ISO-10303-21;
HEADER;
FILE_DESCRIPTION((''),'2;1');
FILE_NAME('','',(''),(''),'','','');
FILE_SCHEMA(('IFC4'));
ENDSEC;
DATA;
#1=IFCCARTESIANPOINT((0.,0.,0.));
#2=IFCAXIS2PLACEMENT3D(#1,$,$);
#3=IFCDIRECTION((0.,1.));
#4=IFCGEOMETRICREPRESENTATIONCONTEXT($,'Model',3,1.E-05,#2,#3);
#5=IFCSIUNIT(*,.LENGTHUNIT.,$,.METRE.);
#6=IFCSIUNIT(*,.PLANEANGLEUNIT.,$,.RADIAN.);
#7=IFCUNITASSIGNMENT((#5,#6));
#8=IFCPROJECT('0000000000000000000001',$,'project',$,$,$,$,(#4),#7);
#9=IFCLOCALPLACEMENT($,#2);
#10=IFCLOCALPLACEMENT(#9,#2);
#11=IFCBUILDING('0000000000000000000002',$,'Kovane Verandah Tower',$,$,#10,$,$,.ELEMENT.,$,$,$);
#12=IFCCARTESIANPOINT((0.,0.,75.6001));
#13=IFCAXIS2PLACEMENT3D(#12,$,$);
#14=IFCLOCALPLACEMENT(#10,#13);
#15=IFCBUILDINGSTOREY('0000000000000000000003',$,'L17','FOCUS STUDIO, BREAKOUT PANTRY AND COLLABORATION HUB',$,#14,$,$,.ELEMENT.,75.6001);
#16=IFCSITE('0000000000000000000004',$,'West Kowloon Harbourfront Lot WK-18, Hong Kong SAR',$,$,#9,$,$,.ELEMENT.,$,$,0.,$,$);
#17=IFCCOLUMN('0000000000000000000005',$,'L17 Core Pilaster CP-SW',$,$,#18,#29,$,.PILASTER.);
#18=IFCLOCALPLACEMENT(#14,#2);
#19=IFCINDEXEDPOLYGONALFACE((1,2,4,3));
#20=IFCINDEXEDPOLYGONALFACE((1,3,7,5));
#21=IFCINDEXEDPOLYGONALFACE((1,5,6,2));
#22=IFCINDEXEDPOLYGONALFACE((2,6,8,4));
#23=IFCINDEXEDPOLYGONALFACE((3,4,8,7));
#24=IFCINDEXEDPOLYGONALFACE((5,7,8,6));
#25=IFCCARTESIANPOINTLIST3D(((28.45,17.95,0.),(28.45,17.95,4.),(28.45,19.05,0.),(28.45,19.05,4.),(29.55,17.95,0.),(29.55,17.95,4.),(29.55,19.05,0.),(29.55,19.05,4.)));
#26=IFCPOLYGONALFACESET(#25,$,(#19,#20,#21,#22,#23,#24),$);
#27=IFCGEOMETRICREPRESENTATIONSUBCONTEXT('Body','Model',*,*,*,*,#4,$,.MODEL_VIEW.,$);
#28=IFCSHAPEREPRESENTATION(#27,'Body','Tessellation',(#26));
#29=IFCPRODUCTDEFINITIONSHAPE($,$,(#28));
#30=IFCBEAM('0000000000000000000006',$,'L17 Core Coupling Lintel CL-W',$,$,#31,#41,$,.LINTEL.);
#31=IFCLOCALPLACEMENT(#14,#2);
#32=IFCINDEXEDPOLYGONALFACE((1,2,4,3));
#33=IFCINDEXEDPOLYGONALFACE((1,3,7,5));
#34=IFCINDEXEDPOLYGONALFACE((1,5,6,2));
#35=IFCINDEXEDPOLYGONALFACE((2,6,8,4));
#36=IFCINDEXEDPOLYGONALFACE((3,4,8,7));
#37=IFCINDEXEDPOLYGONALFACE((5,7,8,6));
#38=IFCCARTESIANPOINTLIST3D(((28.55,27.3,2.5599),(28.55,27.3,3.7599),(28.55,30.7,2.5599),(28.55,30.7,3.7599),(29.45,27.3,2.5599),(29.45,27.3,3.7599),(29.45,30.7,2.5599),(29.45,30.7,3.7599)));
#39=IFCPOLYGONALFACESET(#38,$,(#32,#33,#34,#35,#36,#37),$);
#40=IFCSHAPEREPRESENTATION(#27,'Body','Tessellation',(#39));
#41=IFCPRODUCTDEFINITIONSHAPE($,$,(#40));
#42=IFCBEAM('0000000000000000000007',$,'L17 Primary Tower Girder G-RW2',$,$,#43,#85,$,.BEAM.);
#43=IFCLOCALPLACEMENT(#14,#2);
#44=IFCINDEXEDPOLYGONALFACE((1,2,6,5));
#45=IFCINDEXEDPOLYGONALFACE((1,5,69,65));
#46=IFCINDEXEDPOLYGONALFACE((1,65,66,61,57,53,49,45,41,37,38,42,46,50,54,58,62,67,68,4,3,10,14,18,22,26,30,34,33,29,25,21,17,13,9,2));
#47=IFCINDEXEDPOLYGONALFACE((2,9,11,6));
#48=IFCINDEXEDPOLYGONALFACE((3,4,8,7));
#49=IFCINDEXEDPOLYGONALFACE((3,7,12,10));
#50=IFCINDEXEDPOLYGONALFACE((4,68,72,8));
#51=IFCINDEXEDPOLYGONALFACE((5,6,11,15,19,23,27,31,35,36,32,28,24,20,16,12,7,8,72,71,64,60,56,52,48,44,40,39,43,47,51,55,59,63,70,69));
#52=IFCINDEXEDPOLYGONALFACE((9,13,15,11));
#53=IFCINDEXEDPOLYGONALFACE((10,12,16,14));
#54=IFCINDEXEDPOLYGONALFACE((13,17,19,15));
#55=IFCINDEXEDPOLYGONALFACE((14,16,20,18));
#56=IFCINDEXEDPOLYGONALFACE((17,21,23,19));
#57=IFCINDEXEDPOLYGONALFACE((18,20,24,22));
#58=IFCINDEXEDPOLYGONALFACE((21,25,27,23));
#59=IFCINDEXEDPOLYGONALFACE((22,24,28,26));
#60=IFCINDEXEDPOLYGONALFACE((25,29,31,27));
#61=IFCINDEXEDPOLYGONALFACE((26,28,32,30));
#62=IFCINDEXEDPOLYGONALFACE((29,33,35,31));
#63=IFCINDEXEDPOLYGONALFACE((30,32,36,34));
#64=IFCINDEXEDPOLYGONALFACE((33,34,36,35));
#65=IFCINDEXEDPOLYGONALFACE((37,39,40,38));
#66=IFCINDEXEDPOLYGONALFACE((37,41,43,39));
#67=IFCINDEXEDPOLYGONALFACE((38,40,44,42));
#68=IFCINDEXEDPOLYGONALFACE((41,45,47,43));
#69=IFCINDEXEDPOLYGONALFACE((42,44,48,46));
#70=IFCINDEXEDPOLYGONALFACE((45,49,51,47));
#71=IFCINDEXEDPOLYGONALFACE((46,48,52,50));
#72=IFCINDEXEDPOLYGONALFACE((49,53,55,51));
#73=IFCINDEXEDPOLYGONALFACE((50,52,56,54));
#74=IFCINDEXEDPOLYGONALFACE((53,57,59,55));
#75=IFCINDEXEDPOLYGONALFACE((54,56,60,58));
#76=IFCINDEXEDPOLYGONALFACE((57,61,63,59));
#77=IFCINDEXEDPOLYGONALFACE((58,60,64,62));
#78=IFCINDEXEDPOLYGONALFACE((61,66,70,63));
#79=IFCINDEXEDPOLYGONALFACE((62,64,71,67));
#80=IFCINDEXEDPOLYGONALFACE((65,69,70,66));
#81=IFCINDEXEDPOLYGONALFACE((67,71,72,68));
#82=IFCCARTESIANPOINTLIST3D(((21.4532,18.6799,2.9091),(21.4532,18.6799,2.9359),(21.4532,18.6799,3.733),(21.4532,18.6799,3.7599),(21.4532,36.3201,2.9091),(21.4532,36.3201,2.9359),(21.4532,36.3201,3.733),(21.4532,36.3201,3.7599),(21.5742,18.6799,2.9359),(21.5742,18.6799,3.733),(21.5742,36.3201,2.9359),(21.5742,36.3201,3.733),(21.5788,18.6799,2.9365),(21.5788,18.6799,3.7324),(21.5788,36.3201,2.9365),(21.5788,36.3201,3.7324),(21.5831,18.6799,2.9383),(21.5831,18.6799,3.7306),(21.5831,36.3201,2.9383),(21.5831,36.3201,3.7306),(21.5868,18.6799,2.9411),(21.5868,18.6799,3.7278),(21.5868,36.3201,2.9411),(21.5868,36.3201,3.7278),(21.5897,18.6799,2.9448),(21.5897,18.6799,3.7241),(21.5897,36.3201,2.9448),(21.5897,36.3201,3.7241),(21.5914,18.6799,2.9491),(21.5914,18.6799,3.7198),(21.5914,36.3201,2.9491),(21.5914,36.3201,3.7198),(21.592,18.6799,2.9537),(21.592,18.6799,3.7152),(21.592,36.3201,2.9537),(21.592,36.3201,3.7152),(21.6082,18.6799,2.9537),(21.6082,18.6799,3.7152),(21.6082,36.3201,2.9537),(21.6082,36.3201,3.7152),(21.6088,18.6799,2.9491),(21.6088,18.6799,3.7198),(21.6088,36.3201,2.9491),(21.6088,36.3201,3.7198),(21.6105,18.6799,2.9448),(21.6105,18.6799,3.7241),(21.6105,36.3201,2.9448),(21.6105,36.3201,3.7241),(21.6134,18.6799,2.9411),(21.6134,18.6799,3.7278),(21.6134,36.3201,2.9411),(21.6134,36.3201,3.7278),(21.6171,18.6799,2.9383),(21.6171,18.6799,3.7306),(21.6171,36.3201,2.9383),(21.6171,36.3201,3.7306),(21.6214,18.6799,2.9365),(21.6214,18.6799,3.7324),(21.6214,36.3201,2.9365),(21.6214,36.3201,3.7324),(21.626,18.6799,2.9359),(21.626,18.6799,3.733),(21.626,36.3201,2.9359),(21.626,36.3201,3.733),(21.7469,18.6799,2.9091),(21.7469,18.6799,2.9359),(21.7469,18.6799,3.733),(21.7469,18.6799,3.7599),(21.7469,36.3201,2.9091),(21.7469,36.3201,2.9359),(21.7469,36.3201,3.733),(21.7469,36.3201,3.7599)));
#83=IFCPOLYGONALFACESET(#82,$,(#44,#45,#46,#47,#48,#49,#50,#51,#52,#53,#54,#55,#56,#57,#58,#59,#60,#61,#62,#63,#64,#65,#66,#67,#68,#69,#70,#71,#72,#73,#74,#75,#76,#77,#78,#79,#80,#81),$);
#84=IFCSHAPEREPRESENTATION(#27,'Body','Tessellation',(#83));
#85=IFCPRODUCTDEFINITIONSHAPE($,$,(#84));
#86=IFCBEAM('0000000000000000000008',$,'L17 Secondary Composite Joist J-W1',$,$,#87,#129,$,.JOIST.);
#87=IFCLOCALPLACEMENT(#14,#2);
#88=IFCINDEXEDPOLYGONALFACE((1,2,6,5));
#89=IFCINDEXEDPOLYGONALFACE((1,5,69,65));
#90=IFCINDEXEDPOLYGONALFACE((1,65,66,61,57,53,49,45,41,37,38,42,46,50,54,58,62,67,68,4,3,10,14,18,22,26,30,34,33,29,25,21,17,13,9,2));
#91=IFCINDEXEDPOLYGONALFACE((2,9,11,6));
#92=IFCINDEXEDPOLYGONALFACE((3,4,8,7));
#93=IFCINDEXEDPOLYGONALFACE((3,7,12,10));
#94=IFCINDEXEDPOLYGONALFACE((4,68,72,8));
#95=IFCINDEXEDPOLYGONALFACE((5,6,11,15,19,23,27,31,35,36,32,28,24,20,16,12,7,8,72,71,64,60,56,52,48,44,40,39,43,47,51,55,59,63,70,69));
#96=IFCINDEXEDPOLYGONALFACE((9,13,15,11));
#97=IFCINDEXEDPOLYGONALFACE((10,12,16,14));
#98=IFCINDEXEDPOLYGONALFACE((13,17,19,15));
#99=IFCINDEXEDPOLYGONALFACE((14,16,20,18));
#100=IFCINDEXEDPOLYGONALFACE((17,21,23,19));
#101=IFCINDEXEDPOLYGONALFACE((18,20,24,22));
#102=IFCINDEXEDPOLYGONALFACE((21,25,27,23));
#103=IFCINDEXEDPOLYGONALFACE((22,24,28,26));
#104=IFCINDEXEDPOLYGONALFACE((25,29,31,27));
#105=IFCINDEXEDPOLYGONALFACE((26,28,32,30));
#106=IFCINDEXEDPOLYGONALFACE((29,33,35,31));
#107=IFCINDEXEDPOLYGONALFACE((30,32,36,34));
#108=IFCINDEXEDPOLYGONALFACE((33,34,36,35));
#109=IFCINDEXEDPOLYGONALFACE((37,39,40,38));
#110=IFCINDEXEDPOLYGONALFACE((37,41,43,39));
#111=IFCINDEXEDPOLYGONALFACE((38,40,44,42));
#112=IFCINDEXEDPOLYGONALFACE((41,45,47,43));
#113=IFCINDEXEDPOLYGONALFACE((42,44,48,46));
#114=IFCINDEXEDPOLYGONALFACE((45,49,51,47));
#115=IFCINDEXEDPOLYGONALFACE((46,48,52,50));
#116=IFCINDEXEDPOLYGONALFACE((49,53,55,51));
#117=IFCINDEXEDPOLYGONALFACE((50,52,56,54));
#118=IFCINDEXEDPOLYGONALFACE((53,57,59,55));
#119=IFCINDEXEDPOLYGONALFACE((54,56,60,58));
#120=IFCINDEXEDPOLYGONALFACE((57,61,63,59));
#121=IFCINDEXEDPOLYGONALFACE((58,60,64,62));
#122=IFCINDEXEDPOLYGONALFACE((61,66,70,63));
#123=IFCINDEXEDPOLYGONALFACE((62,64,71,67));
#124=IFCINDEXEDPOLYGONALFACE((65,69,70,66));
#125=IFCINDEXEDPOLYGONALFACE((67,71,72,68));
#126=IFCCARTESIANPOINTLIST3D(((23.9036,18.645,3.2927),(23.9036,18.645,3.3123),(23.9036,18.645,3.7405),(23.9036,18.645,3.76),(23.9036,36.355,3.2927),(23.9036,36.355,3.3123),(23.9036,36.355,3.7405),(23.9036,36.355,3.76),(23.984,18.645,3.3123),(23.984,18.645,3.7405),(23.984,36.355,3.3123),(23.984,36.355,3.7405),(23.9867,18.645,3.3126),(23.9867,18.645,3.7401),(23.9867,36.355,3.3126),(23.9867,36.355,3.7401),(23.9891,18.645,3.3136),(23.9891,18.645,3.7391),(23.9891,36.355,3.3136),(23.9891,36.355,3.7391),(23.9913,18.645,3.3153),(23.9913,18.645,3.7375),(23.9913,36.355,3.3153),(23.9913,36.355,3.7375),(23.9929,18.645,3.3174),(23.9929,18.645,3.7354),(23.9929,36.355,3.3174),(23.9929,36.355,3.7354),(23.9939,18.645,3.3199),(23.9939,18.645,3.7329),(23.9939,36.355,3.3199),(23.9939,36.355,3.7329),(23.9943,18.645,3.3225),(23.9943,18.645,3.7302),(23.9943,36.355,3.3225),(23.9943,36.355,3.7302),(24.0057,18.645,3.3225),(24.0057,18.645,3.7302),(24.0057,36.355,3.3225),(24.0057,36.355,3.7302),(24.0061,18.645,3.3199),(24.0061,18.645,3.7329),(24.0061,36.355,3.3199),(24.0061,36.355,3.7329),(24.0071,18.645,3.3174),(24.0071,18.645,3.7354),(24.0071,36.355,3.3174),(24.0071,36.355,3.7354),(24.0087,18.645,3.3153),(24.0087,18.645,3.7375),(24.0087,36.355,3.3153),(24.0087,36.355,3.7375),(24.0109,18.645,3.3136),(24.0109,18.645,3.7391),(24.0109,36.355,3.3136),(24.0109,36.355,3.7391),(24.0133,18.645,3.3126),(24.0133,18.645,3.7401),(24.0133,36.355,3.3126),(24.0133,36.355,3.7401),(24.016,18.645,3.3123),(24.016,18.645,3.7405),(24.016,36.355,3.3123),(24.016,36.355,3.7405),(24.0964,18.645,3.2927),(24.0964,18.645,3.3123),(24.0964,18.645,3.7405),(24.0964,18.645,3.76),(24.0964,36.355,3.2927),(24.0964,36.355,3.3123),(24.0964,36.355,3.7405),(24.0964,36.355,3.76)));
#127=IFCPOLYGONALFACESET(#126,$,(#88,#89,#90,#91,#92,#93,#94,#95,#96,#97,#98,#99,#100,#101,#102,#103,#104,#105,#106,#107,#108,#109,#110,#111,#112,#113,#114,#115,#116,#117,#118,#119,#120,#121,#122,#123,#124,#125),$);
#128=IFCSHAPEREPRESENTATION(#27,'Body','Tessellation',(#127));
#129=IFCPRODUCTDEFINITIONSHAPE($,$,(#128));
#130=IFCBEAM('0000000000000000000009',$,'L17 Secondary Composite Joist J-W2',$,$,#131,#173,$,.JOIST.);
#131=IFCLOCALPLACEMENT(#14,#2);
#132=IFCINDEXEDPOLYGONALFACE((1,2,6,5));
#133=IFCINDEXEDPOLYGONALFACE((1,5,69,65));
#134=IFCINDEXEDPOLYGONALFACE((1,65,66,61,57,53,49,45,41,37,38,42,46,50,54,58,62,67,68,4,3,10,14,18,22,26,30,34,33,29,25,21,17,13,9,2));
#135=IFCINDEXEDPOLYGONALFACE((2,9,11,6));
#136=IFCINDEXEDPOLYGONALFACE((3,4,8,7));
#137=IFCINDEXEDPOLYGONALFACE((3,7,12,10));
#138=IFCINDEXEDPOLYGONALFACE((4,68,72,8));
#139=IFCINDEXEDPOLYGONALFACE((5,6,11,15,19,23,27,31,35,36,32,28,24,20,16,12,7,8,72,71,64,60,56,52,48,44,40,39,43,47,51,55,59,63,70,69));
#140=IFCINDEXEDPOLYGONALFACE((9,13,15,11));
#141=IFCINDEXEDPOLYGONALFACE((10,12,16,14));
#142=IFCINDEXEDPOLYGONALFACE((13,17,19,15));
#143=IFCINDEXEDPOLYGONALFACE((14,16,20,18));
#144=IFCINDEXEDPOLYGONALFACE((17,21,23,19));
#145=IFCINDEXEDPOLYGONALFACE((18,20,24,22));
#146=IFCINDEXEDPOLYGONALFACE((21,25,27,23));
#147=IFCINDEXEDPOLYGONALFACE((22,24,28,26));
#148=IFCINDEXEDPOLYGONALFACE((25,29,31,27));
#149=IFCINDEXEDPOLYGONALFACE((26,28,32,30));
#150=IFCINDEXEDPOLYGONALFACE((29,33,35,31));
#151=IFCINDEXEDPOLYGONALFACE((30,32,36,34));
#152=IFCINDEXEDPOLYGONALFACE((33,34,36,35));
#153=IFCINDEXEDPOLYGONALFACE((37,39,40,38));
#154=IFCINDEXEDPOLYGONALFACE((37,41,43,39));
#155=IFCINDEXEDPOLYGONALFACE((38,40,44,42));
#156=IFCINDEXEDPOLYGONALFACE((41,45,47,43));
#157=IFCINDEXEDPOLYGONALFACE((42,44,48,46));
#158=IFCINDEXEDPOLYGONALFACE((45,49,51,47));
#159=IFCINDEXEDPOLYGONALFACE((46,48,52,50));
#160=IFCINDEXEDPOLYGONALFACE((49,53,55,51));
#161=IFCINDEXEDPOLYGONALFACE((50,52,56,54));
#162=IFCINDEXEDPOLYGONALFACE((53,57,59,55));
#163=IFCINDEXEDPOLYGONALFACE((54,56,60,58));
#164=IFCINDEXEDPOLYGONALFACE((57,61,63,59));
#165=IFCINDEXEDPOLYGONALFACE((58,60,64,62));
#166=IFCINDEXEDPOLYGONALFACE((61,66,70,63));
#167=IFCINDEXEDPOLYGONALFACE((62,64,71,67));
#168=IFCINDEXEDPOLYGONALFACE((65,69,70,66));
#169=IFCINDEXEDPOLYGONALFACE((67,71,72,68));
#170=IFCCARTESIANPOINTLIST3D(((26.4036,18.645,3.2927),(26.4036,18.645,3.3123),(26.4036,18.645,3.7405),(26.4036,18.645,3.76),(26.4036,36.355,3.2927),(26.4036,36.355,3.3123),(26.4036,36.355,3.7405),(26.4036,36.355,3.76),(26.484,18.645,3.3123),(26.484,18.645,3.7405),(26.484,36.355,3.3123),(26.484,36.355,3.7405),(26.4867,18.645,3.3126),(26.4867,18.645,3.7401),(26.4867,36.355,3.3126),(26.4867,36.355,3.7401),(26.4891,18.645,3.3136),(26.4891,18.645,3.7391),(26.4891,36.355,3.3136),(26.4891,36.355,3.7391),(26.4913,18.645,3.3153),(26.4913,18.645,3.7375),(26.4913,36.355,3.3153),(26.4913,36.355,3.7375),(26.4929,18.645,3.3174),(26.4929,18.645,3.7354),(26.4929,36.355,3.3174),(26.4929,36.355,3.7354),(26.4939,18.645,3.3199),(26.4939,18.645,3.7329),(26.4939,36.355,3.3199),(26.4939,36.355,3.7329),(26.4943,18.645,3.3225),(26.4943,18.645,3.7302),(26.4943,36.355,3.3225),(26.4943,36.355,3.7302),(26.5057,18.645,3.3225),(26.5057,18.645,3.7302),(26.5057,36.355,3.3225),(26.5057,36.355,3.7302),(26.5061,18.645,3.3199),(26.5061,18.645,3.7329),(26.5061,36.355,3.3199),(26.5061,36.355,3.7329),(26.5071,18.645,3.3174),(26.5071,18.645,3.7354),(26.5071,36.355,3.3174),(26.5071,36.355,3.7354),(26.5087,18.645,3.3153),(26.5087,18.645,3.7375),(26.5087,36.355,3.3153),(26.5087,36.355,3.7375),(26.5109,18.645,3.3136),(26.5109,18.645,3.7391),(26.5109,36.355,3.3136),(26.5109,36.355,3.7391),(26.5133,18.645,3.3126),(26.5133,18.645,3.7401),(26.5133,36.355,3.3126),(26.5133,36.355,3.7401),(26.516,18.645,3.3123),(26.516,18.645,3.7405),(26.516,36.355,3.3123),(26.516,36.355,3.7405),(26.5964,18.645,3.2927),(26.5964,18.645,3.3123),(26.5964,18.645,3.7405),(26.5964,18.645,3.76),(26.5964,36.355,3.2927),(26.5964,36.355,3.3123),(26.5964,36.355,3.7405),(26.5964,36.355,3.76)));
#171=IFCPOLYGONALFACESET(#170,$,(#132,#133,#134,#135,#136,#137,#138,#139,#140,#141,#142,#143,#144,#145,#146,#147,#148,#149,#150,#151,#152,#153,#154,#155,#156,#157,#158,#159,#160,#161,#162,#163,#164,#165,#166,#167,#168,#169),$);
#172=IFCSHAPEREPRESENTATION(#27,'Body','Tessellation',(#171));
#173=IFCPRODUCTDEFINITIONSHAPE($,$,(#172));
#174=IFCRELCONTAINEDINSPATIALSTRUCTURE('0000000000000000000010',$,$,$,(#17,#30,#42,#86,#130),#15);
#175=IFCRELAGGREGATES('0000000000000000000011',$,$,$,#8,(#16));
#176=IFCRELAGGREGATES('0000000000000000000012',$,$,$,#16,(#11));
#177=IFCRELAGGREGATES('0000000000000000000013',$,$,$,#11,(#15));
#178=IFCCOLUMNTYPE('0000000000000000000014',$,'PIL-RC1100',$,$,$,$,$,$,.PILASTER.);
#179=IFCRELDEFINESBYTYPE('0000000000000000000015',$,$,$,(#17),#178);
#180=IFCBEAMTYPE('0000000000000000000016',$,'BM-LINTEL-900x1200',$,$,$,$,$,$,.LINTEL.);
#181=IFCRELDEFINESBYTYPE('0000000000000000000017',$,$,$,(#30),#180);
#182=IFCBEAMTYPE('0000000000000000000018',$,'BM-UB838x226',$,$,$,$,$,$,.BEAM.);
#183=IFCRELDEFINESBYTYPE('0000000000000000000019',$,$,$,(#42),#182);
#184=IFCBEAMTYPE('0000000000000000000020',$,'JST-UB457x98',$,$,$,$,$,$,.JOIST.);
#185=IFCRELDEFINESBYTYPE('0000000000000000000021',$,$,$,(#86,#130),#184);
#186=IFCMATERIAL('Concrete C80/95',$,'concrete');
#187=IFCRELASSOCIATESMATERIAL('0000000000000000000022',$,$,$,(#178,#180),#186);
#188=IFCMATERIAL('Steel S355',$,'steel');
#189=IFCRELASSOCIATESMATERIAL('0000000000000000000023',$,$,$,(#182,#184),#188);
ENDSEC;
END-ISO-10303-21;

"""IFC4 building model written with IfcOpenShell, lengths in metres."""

from ifc_helpers import new_model, si_unit, direction, frame, origin, origin_2d, place, context, subcontext, project, spatial, rectangle, i_section, extrude, material, material_profile, profile_set, type_object, element, save


model = new_model("IFC4")

# Units and contexts
model_context = context("Model", 3, precision=1e-05, world=origin(), true_north=direction((0.0, 1.0)))
body_context = subcontext(model_context, "Body", "Model", "MODEL_VIEW")
ifc_project = project(units=[si_unit("LENGTHUNIT", "METRE"), si_unit("PLANEANGLEUNIT", "RADIAN")], contexts=[model_context])

# Site, building, storey
site_placement = place(None, origin())
site = spatial("IfcSite", under=ifc_project, at=site_placement, Name="West Kowloon Harbourfront Lot WK-18, Hong Kong SAR", CompositionType="ELEMENT", RefElevation=0.0)
building_placement = place(site_placement, origin())
building = spatial("IfcBuilding", under=site, at=building_placement, Name="Kovane Verandah Tower", CompositionType="ELEMENT")
storey_placement = place(building_placement, frame((0.0, 0.0, 75.6001)))
storey = spatial("IfcBuildingStorey", under=building, at=storey_placement, Name="L17", Description="FOCUS STUDIO, BREAKOUT PANTRY AND COLLABORATION HUB", CompositionType="ELEMENT", Elevation=75.6001)

# Column
ifc_material_1 = material(Name="Concrete C80/95", Category="concrete")
ifc_material_profile_1 = material_profile(ifc_material_1, rectangle(XDim=1.1001, YDim=1.1001, at=origin_2d()), Name="RC1100x1100")
ifc_profile_set_1 = profile_set([ifc_material_profile_1], Name="Concrete C80/95")
column_type = type_object("IfcColumnType", Name="PIL-RC1100", PredefinedType="PILASTER", material=ifc_profile_set_1)
column_placement = place(storey_placement, frame((29.0, 18.5, 0.0), z_axis=(0.0, 0.0, 1.0), x_axis=(1.0, 0.0, 0.0)))
element("IfcColumn", 1, at=column_placement, inside=storey, type_object=column_type, Name="L17 Core Pilaster CP-SW", PredefinedType="PILASTER", context=body_context, shape_type="SweptSolid", body=[
    extrude(rectangle(XDim=1.1001, YDim=1.1001, at=origin_2d()), origin(), (0.0, 0.0, 1.0), 4.0),
])

# Beams
ifc_material_profile_2 = material_profile(ifc_material_1, rectangle(XDim=0.8999, YDim=1.2, at=origin_2d()), Name="RCB900x1200")
ifc_profile_set_2 = profile_set([ifc_material_profile_2], Name="Concrete C80/95")
beam_type_1 = type_object("IfcBeamType", Name="BM-LINTEL-900x1200", PredefinedType="LINTEL", material=ifc_profile_set_2)
beam_1_placement = place(storey_placement, frame((29.0, 27.3, 3.1599), z_axis=(0.0, 1.0, 0.0), x_axis=(-1.0, 0.0, 0.0)))
element("IfcBeam", 2, at=beam_1_placement, inside=storey, type_object=beam_type_1, Name="L17 Core Coupling Lintel CL-W", PredefinedType="LINTEL", context=body_context, shape_type="SweptSolid", body=[
    extrude(rectangle(XDim=0.8999, YDim=1.2, at=origin_2d()), origin(), (0.0, 0.0, 1.0), 3.3999),
])
ifc_material_2 = material(Name="Steel S355", Category="steel")
ifc_material_profile_3 = material_profile(ifc_material_2, i_section(OverallWidth=0.2937, OverallDepth=0.8508, WebThickness=0.0161, FlangeThickness=0.0269, FilletRadius=0.0178, at=origin_2d()), Name="UB838x292x226")
ifc_profile_set_3 = profile_set([ifc_material_profile_3], Name="Steel S355")
beam_type_2 = type_object("IfcBeamType", Name="BM-UB838x226", PredefinedType="BEAM", material=ifc_profile_set_3)
beam_2_placement = place(storey_placement, frame((21.6001, 18.6799, 3.3345), z_axis=(0.0, 1.0, 0.0), x_axis=(-1.0, 0.0, 0.0)))
element("IfcBeam", 3, at=beam_2_placement, inside=storey, type_object=beam_type_2, Name="L17 Primary Tower Girder G-RW2", PredefinedType="BEAM", context=body_context, shape_type="SweptSolid", body=[
    extrude(i_section(OverallWidth=0.2937, OverallDepth=0.8508, WebThickness=0.0161, FlangeThickness=0.0269, FilletRadius=0.0178, at=origin_2d()), origin(), (0.0, 0.0, 1.0), 17.6401),
])
ifc_material_profile_4 = material_profile(ifc_material_2, i_section(OverallWidth=0.1929, OverallDepth=0.4673, WebThickness=0.0115, FlangeThickness=0.0195, FilletRadius=0.0103, at=origin_2d()), Name="UB457x191x98")
ifc_profile_set_4 = profile_set([ifc_material_profile_4], Name="Steel S355")
beam_type_3 = type_object("IfcBeamType", Name="JST-UB457x98", PredefinedType="JOIST", material=ifc_profile_set_4)
for number, where, z_axis, x_axis, name in (
    (4, (24.0, 18.645, 3.5264), (0.0, 1.0, 0.0), (-1.0, 0.0, 0.0), "L17 Secondary Composite Joist J-W1"),
    (5, (26.5, 18.645, 3.5264), (0.0, 1.0, 0.0), (-1.0, 0.0, 0.0), "L17 Secondary Composite Joist J-W2"),
):
    element("IfcBeam", number, at=place(storey_placement, frame(where, z_axis=z_axis, x_axis=x_axis)), inside=storey, type_object=beam_type_3, Name=name, PredefinedType="JOIST", context=body_context, shape_type="SweptSolid", body=[
        extrude(i_section(OverallWidth=0.1929, OverallDepth=0.4673, WebThickness=0.0115, FlangeThickness=0.0195, FilletRadius=0.0103, at=origin_2d()), origin(), (0.0, 0.0, 1.0), 17.71),
    ])

save(model, "model.ifc")
